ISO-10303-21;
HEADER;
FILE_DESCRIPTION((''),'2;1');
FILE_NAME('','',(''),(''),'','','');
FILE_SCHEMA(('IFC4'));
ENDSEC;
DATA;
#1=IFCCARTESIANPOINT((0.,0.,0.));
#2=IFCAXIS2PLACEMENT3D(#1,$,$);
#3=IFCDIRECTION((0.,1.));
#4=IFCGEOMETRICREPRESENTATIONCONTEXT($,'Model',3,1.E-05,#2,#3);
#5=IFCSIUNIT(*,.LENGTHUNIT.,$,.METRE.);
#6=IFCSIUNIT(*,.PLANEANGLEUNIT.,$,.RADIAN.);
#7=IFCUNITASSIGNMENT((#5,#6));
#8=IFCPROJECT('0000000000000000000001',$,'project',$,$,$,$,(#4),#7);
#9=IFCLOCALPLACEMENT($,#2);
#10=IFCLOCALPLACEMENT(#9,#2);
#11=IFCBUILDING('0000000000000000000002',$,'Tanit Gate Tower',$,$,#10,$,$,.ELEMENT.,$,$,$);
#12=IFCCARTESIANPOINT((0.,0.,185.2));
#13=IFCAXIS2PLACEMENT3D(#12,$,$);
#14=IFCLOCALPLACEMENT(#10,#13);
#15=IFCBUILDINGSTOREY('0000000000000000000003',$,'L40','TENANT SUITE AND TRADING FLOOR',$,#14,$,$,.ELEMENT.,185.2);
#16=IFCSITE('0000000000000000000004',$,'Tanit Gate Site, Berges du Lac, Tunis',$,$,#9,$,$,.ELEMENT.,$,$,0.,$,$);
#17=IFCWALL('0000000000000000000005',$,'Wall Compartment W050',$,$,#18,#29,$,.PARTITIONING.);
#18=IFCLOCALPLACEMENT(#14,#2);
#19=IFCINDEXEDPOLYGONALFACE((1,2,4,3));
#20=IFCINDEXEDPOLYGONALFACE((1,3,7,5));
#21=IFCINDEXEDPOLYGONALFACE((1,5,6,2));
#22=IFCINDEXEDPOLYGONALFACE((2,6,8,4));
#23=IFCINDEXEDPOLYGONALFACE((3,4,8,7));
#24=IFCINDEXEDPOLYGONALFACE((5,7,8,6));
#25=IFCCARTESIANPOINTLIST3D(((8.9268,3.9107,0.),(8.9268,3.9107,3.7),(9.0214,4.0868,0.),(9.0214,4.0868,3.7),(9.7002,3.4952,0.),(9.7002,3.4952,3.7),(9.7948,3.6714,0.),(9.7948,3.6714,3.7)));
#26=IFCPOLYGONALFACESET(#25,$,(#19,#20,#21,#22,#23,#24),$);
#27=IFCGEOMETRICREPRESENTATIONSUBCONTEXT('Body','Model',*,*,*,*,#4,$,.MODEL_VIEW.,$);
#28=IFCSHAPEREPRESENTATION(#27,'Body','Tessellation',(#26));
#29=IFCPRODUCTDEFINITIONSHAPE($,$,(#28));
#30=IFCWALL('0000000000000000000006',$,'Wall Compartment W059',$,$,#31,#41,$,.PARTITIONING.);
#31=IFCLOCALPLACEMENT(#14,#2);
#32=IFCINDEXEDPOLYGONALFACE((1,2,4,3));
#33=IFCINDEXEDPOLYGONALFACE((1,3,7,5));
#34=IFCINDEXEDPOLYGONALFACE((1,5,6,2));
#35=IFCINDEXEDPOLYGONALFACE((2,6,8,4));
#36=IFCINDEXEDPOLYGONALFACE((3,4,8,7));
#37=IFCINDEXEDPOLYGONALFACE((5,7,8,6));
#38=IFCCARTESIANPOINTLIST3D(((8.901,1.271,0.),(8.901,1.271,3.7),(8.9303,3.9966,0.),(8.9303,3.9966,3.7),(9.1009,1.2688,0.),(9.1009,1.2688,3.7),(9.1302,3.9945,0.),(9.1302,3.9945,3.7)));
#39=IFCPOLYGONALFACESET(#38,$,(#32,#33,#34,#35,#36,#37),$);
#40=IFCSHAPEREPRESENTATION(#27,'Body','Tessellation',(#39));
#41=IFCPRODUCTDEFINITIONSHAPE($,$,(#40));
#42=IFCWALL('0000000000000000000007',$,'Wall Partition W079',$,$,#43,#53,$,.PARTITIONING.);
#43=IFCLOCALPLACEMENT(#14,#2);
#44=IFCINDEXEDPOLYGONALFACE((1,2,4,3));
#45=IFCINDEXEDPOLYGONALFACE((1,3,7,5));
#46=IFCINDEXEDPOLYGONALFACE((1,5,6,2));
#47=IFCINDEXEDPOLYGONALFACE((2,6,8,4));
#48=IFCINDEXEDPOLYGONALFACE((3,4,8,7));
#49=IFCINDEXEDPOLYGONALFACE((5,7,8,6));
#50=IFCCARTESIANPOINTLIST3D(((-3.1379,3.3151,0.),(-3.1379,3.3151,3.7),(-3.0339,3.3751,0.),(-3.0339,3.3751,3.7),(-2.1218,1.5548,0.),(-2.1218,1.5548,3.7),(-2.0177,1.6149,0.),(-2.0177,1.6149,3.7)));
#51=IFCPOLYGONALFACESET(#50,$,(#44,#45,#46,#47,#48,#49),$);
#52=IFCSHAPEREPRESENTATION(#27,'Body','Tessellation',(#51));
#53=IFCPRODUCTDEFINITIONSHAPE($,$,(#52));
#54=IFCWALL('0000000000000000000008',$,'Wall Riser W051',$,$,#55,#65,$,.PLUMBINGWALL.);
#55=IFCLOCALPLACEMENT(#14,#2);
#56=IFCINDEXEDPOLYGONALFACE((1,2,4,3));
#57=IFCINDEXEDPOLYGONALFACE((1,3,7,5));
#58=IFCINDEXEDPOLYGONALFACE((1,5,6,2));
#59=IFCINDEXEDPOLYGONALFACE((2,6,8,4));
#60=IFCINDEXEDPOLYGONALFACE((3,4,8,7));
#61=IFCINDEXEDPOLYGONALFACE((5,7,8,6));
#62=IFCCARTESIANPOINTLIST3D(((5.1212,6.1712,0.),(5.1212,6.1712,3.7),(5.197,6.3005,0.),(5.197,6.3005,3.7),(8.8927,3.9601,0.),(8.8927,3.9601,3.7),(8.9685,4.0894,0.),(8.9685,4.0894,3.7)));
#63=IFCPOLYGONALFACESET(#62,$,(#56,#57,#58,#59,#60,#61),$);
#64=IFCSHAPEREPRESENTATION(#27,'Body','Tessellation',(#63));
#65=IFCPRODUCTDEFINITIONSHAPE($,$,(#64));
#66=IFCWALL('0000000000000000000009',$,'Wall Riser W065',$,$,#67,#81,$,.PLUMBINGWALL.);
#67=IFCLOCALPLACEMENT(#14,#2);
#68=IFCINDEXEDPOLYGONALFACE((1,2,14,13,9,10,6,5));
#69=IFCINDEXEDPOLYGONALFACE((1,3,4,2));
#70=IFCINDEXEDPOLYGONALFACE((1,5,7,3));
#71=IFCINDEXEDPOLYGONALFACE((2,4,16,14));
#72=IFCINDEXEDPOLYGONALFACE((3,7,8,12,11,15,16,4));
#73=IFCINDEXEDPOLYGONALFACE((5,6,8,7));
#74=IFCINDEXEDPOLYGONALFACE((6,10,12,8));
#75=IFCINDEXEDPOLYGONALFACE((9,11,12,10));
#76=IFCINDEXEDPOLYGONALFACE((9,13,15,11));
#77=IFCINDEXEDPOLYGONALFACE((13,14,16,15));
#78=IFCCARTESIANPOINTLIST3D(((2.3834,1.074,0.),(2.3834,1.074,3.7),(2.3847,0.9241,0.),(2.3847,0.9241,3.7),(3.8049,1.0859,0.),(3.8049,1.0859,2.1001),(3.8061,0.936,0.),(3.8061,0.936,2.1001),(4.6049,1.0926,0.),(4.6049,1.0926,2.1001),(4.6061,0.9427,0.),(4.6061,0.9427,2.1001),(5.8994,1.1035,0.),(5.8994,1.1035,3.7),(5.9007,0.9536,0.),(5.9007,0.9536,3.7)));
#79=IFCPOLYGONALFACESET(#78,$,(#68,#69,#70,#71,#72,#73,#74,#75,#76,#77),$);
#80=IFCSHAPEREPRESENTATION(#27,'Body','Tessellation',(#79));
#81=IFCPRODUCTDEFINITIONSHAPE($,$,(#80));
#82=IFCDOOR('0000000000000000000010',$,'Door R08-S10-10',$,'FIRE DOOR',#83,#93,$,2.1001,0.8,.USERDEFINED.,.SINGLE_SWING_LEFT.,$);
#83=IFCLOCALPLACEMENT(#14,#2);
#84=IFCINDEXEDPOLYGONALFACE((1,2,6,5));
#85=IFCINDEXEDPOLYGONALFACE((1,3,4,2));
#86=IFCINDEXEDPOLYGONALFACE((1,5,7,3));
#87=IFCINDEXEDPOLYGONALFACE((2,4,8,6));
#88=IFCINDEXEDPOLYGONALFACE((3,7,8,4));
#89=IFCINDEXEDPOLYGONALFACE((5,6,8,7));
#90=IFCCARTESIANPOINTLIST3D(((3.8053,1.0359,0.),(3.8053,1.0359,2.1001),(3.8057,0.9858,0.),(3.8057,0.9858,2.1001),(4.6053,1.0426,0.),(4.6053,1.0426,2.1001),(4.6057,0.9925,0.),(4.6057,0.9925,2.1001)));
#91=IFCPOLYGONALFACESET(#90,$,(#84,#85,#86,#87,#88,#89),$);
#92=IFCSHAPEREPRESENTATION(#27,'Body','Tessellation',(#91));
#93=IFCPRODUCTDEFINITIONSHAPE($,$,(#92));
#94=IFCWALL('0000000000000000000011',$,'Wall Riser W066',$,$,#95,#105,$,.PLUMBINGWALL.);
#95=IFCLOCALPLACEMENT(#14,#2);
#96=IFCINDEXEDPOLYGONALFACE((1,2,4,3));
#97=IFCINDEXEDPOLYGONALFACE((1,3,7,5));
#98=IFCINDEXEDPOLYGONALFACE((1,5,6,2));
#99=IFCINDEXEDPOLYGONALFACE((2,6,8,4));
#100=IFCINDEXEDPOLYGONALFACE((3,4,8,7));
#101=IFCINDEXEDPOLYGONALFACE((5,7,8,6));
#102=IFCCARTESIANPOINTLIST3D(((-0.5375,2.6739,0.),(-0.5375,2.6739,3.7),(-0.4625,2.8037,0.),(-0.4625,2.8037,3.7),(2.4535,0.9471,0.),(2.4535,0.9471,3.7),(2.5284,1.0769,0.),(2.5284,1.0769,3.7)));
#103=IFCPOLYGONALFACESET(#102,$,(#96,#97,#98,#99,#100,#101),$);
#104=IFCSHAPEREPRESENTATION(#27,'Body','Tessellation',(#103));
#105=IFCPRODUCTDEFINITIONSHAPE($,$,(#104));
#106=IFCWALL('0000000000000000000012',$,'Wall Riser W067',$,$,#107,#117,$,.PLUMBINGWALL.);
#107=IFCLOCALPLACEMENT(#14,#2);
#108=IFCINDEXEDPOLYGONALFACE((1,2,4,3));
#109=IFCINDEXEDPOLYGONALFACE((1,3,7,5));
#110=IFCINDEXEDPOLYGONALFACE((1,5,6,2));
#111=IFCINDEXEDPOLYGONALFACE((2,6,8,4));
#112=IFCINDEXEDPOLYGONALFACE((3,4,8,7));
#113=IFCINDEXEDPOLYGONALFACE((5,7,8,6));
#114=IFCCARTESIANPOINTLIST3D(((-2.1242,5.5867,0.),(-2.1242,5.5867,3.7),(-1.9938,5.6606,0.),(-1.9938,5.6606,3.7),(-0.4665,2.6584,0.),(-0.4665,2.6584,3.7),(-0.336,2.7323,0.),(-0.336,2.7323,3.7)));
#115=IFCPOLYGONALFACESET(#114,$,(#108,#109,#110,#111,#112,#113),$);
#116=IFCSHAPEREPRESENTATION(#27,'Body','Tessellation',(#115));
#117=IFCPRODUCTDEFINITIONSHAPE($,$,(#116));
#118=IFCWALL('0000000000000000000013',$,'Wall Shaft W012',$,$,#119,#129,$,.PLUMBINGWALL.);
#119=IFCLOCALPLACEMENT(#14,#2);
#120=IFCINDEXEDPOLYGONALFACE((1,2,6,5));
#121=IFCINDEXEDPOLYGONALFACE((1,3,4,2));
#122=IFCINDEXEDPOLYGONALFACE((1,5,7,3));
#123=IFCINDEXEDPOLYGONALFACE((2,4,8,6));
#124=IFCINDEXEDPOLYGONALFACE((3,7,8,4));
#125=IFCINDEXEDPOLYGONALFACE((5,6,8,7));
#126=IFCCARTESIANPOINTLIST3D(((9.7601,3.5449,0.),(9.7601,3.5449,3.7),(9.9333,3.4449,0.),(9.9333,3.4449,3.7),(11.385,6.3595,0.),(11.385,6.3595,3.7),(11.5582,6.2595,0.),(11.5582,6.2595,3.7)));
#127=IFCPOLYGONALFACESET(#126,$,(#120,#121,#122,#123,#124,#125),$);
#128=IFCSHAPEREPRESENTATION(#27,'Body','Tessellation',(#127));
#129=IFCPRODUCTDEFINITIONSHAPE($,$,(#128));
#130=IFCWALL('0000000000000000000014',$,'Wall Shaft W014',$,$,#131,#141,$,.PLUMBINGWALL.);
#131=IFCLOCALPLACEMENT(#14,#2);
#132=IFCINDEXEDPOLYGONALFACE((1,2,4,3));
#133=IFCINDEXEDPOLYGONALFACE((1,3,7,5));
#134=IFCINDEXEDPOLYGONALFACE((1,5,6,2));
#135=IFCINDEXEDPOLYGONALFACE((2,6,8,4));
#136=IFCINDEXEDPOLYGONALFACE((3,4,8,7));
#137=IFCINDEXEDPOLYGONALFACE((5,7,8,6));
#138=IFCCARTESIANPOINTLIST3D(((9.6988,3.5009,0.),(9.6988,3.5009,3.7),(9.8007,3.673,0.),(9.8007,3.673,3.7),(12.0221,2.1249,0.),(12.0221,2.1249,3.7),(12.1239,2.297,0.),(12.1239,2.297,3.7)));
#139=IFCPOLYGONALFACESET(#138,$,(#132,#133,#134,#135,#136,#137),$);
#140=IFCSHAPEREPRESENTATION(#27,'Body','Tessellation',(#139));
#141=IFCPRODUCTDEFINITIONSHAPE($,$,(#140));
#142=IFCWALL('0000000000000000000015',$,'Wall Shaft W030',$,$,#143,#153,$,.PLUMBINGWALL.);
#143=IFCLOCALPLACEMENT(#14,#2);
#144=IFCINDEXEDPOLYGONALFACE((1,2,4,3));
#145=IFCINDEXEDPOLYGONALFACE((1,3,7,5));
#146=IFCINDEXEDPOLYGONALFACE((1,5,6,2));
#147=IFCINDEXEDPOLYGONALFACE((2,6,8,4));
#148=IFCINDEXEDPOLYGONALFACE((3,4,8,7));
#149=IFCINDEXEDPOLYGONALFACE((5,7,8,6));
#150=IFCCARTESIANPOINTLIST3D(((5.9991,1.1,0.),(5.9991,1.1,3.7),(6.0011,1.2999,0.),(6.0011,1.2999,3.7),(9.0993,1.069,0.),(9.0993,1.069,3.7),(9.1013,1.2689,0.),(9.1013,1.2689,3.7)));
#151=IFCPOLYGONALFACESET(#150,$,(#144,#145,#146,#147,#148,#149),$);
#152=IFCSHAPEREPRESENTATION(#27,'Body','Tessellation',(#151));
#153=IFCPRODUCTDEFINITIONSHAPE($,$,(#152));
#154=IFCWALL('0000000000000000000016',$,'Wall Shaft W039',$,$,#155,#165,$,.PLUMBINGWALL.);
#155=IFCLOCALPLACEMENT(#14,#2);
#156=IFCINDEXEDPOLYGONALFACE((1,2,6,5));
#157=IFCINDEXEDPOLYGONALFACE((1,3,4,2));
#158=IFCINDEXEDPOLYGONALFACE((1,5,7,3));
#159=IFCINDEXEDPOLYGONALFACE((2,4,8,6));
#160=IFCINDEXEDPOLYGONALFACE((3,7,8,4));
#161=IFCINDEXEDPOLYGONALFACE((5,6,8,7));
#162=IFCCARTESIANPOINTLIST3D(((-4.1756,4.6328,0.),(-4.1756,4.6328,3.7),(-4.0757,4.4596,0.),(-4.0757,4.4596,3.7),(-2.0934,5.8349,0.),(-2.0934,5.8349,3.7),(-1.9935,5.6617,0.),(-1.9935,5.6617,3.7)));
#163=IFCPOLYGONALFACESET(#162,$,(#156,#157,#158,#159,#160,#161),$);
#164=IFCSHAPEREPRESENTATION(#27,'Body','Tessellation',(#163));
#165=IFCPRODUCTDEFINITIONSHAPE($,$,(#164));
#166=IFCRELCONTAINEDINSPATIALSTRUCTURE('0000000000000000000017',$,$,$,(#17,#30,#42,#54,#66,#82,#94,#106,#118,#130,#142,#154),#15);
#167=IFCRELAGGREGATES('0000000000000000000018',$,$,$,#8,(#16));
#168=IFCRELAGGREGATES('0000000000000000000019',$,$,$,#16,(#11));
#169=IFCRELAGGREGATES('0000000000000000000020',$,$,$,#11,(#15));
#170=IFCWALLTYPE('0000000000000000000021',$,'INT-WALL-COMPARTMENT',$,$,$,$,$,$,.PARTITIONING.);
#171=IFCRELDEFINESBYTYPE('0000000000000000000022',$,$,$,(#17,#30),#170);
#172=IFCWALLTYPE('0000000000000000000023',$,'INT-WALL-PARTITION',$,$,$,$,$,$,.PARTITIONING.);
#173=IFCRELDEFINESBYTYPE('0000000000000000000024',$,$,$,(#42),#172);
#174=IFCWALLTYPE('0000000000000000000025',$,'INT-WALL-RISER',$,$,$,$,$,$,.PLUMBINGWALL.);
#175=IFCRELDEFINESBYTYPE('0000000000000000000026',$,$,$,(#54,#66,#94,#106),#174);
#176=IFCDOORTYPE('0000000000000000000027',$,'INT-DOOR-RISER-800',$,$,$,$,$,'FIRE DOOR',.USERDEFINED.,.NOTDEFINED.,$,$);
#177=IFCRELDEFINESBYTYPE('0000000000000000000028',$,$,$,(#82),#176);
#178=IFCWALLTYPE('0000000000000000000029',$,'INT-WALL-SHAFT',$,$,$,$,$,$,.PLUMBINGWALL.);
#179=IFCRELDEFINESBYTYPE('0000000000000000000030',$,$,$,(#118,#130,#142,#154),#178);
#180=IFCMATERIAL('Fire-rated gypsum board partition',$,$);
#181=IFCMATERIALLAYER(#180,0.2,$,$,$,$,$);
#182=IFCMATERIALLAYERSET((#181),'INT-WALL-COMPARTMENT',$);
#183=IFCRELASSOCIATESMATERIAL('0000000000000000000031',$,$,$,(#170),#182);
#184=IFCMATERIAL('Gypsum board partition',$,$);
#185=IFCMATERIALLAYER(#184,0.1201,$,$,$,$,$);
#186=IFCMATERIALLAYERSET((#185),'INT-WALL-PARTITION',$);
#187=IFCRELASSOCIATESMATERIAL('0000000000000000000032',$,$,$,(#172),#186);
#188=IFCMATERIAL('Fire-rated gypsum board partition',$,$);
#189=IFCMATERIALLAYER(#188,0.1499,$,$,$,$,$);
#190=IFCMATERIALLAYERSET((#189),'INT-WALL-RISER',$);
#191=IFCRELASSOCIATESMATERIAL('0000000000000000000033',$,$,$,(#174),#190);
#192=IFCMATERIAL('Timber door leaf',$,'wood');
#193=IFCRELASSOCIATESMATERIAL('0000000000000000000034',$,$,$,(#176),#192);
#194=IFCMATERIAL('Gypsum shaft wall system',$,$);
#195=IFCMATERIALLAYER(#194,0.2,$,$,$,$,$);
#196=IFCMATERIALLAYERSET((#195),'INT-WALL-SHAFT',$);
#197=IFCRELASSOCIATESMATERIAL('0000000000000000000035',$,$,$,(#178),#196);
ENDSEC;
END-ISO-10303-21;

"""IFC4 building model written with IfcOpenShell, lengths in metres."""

from ifc_helpers import new_model, si_unit, direction, frame, frame_2d, origin, place, context, subcontext, project, spatial, rectangle, extrude, material, layer, layer_set, type_object, element, fill, save


model = new_model("IFC4")

# Units and contexts
model_context = context("Model", 3, precision=1e-05, world=origin(), true_north=direction((0.0, 1.0)))
body_context = subcontext(model_context, "Body", "Model", "MODEL_VIEW")
ifc_project = project(units=[si_unit("LENGTHUNIT", "METRE"), si_unit("PLANEANGLEUNIT", "RADIAN")], contexts=[model_context])

# Site, building, storey
site_placement = place(None, origin())
site = spatial("IfcSite", under=ifc_project, at=site_placement, Name="Tanit Gate Site, Berges du Lac, Tunis", CompositionType="ELEMENT", RefElevation=0.0)
building_placement = place(site_placement, origin())
building = spatial("IfcBuilding", under=site, at=building_placement, Name="Tanit Gate Tower", CompositionType="ELEMENT")
storey_placement = place(building_placement, frame((0.0, 0.0, 185.2)))
storey = spatial("IfcBuildingStorey", under=building, at=storey_placement, Name="L40", Description="TENANT SUITE AND TRADING FLOOR", CompositionType="ELEMENT", Elevation=185.2)

# Walls
ifc_material_1 = material(Name="Fire-rated gypsum board partition")
ifc_layer_1 = layer(ifc_material_1, 0.2)
ifc_layer_set_1 = layer_set([ifc_layer_1], Name="INT-WALL-COMPARTMENT")
wall_type_1 = type_object("IfcWallType", Name="INT-WALL-COMPARTMENT", PredefinedType="PARTITIONING", material=ifc_layer_set_1)
wall_1_placement = place(storey_placement, frame((8.9741, 3.9988, 0.0), z_axis=(0.0, 0.0, 1.0), x_axis=(0.880917, -0.473271, 0.0)))
element("IfcWall", 1, at=wall_1_placement, inside=storey, type_object=wall_type_1, Name="Wall Compartment W050", PredefinedType="PARTITIONING", context=body_context, shape_type="SweptSolid", body=[
    extrude(rectangle(XDim=0.8779, YDim=0.2, at=frame_2d((0.439, 0.0))), origin(), (0.0, 0.0, 1.0), 3.7),
])
wall_2_placement = place(storey_placement, frame((9.001, 1.27, 0.0), z_axis=(0.0, 0.0, 1.0), x_axis=(0.010748, 0.999942, 0.0)))
element("IfcWall", 2, at=wall_2_placement, inside=storey, type_object=wall_type_1, Name="Wall Compartment W059", PredefinedType="PARTITIONING", context=body_context, shape_type="SweptSolid", body=[
    extrude(rectangle(XDim=2.7258, YDim=0.2, at=frame_2d((1.3628, 0.0))), origin(), (0.0, 0.0, 1.0), 3.7),
])
ifc_material_2 = material(Name="Gypsum board partition")
ifc_layer_2 = layer(ifc_material_2, 0.1201)
ifc_layer_set_2 = layer_set([ifc_layer_2], Name="INT-WALL-PARTITION")
wall_type_2 = type_object("IfcWallType", Name="INT-WALL-PARTITION", PredefinedType="PARTITIONING", material=ifc_layer_set_2)
wall_3_placement = place(storey_placement, frame((-2.0698, 1.585, 0.0), z_axis=(0.0, 0.0, 1.0), x_axis=(-0.499937, 0.866062, 0.0)))
element("IfcWall", 3, at=wall_3_placement, inside=storey, type_object=wall_type_2, Name="Wall Partition W079", PredefinedType="PARTITIONING", context=body_context, shape_type="SweptSolid", body=[
    extrude(rectangle(XDim=2.0325, YDim=0.1201, at=frame_2d((1.0161, 0.0))), origin(), (0.0, 0.0, 1.0), 3.7),
])
ifc_material_3 = material(Name="Fire-rated gypsum board partition")
ifc_layer_3 = layer(ifc_material_3, 0.1499)
ifc_layer_set_3 = layer_set([ifc_layer_3], Name="INT-WALL-RISER")
wall_type_3 = type_object("IfcWallType", Name="INT-WALL-RISER", PredefinedType="PLUMBINGWALL", material=ifc_layer_set_3)
wall_4_placement = place(storey_placement, frame((8.9307, 4.0247, 0.0), z_axis=(0.0, 0.0, 1.0), x_axis=(-0.862667, 0.505773, 0.0)))
element("IfcWall", 4, at=wall_4_placement, inside=storey, type_object=wall_type_3, Name="Wall Riser W051", PredefinedType="PLUMBINGWALL", context=body_context, shape_type="SweptSolid", body=[
    extrude(rectangle(XDim=4.3718, YDim=0.1499, at=frame_2d((2.186, 0.0))), origin(), (0.0, 0.0, 1.0), 3.7),
])

# Wall, opening, door
wall_5_placement = place(storey_placement, frame((2.384, 0.999, 0.0), z_axis=(0.0, 0.0, 1.0), x_axis=(0.999965, 0.008402, 0.0)))
wall_5 = element("IfcWall", 5, at=wall_5_placement, inside=storey, type_object=wall_type_3, Name="Wall Riser W065", PredefinedType="PLUMBINGWALL", context=body_context, shape_type="SweptSolid", body=[
    extrude(rectangle(XDim=3.5161, YDim=0.1499, at=frame_2d((1.7581, 0.0))), origin(), (0.0, 0.0, 1.0), 3.7),
])
opening_1_placement = place(wall_5_placement, frame((1.4216, 0.0, 0.0)))
opening_1 = element("IfcOpeningElement", 6, at=opening_1_placement, cuts=wall_5, PredefinedType="OPENING", context=body_context, shape_type="SweptSolid", body=[
    extrude(rectangle(XDim=0.8, YDim=2.1001, at=frame_2d((0.3999, 1.05))), frame((0.0, 0.085, 0.0), z_axis=(0.0, -1.0, 0.0), x_axis=(1.0, 0.0, 0.0)), (0.0, 0.0, 1.0), 0.1699),
])
ifc_material_4 = material(Name="Timber door leaf", Category="wood")
door_type_1 = type_object("IfcDoorType", Name="INT-DOOR-RISER-800", ElementType="FIRE DOOR", OperationType="NOTDEFINED", PredefinedType="USERDEFINED", material=ifc_material_4)
door_1_placement = place(opening_1_placement, origin())
door_1 = element("IfcDoor", 7, at=door_1_placement, inside=storey, type_object=door_type_1, Name="Door R08-S10-10", ObjectType="FIRE DOOR", OperationType="SINGLE_SWING_LEFT", OverallHeight=2.1001, OverallWidth=0.8, PredefinedType="USERDEFINED", context=body_context, shape_type="SweptSolid", body=[
    extrude(rectangle(XDim=0.8, YDim=2.1001, at=frame_2d((0.3999, 1.05))), frame((0.0, 0.0249, 0.0), z_axis=(0.0, -1.0, 0.0), x_axis=(1.0, 0.0, 0.0)), (0.0, 0.0, 1.0), 0.05),
])
fill(opening_1, door_1)

# Walls
wall_6_placement = place(storey_placement, frame((-0.5, 2.7388, 0.0), z_axis=(0.0, 0.0, 1.0), x_axis=(0.866029, -0.499994, 0.0)))
element("IfcWall", 8, at=wall_6_placement, inside=storey, type_object=wall_type_3, Name="Wall Riser W066", PredefinedType="PLUMBINGWALL", context=body_context, shape_type="SweptSolid", body=[
    extrude(rectangle(XDim=3.4536, YDim=0.1499, at=frame_2d((1.7268, 0.0))), origin(), (0.0, 0.0, 1.0), 3.7),
])
wall_7_placement = place(storey_placement, frame((-2.0591, 5.6238, 0.0), z_axis=(0.0, 0.0, 1.0), x_axis=(0.49265, -0.870228, 0.0)))
element("IfcWall", 9, at=wall_7_placement, inside=storey, type_object=wall_type_3, Name="Wall Riser W067", PredefinedType="PLUMBINGWALL", context=body_context, shape_type="SweptSolid", body=[
    extrude(rectangle(XDim=3.365, YDim=0.1499, at=frame_2d((1.6826, 0.0))), origin(), (0.0, 0.0, 1.0), 3.7),
])
ifc_material_5 = material(Name="Gypsum shaft wall system")
ifc_layer_4 = layer(ifc_material_5, 0.2)
ifc_layer_set_4 = layer_set([ifc_layer_4], Name="INT-WALL-SHAFT")
wall_type_4 = type_object("IfcWallType", Name="INT-WALL-SHAFT", PredefinedType="PLUMBINGWALL", material=ifc_layer_set_4)
wall_8_placement = place(storey_placement, frame((9.8467, 3.4949, 0.0), z_axis=(0.0, 0.0, 1.0), x_axis=(0.499985, 0.866034, 0.0)))
element("IfcWall", 10, at=wall_8_placement, inside=storey, type_object=wall_type_4, Name="Wall Shaft W012", PredefinedType="PLUMBINGWALL", context=body_context, shape_type="SweptSolid", body=[
    extrude(rectangle(XDim=3.25, YDim=0.2, at=frame_2d((1.625, 0.0))), origin(), (0.0, 0.0, 1.0), 3.7),
])
wall_9_placement = place(storey_placement, frame((12.073, 2.2109, 0.0), z_axis=(0.0, 0.0, 1.0), x_axis=(-0.860415, 0.509594, 0.0)))
element("IfcWall", 11, at=wall_9_placement, inside=storey, type_object=wall_type_4, Name="Wall Shaft W014", PredefinedType="PLUMBINGWALL", context=body_context, shape_type="SweptSolid", body=[
    extrude(rectangle(XDim=2.7002, YDim=0.2, at=frame_2d((1.3501, 0.0))), origin(), (0.0, 0.0, 1.0), 3.7),
])

# Walls
wall_10_placement = place(storey_placement, frame((6.0, 1.2, 0.0), z_axis=(0.0, 0.0, 1.0), x_axis=(0.99995, -0.010001, 0.0)))
element("IfcWall", 12, at=wall_10_placement, inside=storey, type_object=wall_type_4, Name="Wall Shaft W030", PredefinedType="PLUMBINGWALL", context=body_context, shape_type="SweptSolid", body=[
    extrude(rectangle(XDim=3.1003, YDim=0.2, at=frame_2d((1.5503, 0.0))), origin(), (0.0, 0.0, 1.0), 3.7),
])
wall_11_placement = place(storey_placement, frame((-2.0435, 5.7483, 0.0), z_axis=(0.0, 0.0, 1.0), x_axis=(-0.866035, -0.499983, 0.0)))
element("IfcWall", 13, at=wall_11_placement, inside=storey, type_object=wall_type_4, Name="Wall Shaft W039", PredefinedType="PLUMBINGWALL", context=body_context, shape_type="SweptSolid", body=[
    extrude(rectangle(XDim=2.4043, YDim=0.2, at=frame_2d((1.2021, 0.0))), origin(), (0.0, 0.0, 1.0), 3.7),
])

save(model, "model.ifc")
